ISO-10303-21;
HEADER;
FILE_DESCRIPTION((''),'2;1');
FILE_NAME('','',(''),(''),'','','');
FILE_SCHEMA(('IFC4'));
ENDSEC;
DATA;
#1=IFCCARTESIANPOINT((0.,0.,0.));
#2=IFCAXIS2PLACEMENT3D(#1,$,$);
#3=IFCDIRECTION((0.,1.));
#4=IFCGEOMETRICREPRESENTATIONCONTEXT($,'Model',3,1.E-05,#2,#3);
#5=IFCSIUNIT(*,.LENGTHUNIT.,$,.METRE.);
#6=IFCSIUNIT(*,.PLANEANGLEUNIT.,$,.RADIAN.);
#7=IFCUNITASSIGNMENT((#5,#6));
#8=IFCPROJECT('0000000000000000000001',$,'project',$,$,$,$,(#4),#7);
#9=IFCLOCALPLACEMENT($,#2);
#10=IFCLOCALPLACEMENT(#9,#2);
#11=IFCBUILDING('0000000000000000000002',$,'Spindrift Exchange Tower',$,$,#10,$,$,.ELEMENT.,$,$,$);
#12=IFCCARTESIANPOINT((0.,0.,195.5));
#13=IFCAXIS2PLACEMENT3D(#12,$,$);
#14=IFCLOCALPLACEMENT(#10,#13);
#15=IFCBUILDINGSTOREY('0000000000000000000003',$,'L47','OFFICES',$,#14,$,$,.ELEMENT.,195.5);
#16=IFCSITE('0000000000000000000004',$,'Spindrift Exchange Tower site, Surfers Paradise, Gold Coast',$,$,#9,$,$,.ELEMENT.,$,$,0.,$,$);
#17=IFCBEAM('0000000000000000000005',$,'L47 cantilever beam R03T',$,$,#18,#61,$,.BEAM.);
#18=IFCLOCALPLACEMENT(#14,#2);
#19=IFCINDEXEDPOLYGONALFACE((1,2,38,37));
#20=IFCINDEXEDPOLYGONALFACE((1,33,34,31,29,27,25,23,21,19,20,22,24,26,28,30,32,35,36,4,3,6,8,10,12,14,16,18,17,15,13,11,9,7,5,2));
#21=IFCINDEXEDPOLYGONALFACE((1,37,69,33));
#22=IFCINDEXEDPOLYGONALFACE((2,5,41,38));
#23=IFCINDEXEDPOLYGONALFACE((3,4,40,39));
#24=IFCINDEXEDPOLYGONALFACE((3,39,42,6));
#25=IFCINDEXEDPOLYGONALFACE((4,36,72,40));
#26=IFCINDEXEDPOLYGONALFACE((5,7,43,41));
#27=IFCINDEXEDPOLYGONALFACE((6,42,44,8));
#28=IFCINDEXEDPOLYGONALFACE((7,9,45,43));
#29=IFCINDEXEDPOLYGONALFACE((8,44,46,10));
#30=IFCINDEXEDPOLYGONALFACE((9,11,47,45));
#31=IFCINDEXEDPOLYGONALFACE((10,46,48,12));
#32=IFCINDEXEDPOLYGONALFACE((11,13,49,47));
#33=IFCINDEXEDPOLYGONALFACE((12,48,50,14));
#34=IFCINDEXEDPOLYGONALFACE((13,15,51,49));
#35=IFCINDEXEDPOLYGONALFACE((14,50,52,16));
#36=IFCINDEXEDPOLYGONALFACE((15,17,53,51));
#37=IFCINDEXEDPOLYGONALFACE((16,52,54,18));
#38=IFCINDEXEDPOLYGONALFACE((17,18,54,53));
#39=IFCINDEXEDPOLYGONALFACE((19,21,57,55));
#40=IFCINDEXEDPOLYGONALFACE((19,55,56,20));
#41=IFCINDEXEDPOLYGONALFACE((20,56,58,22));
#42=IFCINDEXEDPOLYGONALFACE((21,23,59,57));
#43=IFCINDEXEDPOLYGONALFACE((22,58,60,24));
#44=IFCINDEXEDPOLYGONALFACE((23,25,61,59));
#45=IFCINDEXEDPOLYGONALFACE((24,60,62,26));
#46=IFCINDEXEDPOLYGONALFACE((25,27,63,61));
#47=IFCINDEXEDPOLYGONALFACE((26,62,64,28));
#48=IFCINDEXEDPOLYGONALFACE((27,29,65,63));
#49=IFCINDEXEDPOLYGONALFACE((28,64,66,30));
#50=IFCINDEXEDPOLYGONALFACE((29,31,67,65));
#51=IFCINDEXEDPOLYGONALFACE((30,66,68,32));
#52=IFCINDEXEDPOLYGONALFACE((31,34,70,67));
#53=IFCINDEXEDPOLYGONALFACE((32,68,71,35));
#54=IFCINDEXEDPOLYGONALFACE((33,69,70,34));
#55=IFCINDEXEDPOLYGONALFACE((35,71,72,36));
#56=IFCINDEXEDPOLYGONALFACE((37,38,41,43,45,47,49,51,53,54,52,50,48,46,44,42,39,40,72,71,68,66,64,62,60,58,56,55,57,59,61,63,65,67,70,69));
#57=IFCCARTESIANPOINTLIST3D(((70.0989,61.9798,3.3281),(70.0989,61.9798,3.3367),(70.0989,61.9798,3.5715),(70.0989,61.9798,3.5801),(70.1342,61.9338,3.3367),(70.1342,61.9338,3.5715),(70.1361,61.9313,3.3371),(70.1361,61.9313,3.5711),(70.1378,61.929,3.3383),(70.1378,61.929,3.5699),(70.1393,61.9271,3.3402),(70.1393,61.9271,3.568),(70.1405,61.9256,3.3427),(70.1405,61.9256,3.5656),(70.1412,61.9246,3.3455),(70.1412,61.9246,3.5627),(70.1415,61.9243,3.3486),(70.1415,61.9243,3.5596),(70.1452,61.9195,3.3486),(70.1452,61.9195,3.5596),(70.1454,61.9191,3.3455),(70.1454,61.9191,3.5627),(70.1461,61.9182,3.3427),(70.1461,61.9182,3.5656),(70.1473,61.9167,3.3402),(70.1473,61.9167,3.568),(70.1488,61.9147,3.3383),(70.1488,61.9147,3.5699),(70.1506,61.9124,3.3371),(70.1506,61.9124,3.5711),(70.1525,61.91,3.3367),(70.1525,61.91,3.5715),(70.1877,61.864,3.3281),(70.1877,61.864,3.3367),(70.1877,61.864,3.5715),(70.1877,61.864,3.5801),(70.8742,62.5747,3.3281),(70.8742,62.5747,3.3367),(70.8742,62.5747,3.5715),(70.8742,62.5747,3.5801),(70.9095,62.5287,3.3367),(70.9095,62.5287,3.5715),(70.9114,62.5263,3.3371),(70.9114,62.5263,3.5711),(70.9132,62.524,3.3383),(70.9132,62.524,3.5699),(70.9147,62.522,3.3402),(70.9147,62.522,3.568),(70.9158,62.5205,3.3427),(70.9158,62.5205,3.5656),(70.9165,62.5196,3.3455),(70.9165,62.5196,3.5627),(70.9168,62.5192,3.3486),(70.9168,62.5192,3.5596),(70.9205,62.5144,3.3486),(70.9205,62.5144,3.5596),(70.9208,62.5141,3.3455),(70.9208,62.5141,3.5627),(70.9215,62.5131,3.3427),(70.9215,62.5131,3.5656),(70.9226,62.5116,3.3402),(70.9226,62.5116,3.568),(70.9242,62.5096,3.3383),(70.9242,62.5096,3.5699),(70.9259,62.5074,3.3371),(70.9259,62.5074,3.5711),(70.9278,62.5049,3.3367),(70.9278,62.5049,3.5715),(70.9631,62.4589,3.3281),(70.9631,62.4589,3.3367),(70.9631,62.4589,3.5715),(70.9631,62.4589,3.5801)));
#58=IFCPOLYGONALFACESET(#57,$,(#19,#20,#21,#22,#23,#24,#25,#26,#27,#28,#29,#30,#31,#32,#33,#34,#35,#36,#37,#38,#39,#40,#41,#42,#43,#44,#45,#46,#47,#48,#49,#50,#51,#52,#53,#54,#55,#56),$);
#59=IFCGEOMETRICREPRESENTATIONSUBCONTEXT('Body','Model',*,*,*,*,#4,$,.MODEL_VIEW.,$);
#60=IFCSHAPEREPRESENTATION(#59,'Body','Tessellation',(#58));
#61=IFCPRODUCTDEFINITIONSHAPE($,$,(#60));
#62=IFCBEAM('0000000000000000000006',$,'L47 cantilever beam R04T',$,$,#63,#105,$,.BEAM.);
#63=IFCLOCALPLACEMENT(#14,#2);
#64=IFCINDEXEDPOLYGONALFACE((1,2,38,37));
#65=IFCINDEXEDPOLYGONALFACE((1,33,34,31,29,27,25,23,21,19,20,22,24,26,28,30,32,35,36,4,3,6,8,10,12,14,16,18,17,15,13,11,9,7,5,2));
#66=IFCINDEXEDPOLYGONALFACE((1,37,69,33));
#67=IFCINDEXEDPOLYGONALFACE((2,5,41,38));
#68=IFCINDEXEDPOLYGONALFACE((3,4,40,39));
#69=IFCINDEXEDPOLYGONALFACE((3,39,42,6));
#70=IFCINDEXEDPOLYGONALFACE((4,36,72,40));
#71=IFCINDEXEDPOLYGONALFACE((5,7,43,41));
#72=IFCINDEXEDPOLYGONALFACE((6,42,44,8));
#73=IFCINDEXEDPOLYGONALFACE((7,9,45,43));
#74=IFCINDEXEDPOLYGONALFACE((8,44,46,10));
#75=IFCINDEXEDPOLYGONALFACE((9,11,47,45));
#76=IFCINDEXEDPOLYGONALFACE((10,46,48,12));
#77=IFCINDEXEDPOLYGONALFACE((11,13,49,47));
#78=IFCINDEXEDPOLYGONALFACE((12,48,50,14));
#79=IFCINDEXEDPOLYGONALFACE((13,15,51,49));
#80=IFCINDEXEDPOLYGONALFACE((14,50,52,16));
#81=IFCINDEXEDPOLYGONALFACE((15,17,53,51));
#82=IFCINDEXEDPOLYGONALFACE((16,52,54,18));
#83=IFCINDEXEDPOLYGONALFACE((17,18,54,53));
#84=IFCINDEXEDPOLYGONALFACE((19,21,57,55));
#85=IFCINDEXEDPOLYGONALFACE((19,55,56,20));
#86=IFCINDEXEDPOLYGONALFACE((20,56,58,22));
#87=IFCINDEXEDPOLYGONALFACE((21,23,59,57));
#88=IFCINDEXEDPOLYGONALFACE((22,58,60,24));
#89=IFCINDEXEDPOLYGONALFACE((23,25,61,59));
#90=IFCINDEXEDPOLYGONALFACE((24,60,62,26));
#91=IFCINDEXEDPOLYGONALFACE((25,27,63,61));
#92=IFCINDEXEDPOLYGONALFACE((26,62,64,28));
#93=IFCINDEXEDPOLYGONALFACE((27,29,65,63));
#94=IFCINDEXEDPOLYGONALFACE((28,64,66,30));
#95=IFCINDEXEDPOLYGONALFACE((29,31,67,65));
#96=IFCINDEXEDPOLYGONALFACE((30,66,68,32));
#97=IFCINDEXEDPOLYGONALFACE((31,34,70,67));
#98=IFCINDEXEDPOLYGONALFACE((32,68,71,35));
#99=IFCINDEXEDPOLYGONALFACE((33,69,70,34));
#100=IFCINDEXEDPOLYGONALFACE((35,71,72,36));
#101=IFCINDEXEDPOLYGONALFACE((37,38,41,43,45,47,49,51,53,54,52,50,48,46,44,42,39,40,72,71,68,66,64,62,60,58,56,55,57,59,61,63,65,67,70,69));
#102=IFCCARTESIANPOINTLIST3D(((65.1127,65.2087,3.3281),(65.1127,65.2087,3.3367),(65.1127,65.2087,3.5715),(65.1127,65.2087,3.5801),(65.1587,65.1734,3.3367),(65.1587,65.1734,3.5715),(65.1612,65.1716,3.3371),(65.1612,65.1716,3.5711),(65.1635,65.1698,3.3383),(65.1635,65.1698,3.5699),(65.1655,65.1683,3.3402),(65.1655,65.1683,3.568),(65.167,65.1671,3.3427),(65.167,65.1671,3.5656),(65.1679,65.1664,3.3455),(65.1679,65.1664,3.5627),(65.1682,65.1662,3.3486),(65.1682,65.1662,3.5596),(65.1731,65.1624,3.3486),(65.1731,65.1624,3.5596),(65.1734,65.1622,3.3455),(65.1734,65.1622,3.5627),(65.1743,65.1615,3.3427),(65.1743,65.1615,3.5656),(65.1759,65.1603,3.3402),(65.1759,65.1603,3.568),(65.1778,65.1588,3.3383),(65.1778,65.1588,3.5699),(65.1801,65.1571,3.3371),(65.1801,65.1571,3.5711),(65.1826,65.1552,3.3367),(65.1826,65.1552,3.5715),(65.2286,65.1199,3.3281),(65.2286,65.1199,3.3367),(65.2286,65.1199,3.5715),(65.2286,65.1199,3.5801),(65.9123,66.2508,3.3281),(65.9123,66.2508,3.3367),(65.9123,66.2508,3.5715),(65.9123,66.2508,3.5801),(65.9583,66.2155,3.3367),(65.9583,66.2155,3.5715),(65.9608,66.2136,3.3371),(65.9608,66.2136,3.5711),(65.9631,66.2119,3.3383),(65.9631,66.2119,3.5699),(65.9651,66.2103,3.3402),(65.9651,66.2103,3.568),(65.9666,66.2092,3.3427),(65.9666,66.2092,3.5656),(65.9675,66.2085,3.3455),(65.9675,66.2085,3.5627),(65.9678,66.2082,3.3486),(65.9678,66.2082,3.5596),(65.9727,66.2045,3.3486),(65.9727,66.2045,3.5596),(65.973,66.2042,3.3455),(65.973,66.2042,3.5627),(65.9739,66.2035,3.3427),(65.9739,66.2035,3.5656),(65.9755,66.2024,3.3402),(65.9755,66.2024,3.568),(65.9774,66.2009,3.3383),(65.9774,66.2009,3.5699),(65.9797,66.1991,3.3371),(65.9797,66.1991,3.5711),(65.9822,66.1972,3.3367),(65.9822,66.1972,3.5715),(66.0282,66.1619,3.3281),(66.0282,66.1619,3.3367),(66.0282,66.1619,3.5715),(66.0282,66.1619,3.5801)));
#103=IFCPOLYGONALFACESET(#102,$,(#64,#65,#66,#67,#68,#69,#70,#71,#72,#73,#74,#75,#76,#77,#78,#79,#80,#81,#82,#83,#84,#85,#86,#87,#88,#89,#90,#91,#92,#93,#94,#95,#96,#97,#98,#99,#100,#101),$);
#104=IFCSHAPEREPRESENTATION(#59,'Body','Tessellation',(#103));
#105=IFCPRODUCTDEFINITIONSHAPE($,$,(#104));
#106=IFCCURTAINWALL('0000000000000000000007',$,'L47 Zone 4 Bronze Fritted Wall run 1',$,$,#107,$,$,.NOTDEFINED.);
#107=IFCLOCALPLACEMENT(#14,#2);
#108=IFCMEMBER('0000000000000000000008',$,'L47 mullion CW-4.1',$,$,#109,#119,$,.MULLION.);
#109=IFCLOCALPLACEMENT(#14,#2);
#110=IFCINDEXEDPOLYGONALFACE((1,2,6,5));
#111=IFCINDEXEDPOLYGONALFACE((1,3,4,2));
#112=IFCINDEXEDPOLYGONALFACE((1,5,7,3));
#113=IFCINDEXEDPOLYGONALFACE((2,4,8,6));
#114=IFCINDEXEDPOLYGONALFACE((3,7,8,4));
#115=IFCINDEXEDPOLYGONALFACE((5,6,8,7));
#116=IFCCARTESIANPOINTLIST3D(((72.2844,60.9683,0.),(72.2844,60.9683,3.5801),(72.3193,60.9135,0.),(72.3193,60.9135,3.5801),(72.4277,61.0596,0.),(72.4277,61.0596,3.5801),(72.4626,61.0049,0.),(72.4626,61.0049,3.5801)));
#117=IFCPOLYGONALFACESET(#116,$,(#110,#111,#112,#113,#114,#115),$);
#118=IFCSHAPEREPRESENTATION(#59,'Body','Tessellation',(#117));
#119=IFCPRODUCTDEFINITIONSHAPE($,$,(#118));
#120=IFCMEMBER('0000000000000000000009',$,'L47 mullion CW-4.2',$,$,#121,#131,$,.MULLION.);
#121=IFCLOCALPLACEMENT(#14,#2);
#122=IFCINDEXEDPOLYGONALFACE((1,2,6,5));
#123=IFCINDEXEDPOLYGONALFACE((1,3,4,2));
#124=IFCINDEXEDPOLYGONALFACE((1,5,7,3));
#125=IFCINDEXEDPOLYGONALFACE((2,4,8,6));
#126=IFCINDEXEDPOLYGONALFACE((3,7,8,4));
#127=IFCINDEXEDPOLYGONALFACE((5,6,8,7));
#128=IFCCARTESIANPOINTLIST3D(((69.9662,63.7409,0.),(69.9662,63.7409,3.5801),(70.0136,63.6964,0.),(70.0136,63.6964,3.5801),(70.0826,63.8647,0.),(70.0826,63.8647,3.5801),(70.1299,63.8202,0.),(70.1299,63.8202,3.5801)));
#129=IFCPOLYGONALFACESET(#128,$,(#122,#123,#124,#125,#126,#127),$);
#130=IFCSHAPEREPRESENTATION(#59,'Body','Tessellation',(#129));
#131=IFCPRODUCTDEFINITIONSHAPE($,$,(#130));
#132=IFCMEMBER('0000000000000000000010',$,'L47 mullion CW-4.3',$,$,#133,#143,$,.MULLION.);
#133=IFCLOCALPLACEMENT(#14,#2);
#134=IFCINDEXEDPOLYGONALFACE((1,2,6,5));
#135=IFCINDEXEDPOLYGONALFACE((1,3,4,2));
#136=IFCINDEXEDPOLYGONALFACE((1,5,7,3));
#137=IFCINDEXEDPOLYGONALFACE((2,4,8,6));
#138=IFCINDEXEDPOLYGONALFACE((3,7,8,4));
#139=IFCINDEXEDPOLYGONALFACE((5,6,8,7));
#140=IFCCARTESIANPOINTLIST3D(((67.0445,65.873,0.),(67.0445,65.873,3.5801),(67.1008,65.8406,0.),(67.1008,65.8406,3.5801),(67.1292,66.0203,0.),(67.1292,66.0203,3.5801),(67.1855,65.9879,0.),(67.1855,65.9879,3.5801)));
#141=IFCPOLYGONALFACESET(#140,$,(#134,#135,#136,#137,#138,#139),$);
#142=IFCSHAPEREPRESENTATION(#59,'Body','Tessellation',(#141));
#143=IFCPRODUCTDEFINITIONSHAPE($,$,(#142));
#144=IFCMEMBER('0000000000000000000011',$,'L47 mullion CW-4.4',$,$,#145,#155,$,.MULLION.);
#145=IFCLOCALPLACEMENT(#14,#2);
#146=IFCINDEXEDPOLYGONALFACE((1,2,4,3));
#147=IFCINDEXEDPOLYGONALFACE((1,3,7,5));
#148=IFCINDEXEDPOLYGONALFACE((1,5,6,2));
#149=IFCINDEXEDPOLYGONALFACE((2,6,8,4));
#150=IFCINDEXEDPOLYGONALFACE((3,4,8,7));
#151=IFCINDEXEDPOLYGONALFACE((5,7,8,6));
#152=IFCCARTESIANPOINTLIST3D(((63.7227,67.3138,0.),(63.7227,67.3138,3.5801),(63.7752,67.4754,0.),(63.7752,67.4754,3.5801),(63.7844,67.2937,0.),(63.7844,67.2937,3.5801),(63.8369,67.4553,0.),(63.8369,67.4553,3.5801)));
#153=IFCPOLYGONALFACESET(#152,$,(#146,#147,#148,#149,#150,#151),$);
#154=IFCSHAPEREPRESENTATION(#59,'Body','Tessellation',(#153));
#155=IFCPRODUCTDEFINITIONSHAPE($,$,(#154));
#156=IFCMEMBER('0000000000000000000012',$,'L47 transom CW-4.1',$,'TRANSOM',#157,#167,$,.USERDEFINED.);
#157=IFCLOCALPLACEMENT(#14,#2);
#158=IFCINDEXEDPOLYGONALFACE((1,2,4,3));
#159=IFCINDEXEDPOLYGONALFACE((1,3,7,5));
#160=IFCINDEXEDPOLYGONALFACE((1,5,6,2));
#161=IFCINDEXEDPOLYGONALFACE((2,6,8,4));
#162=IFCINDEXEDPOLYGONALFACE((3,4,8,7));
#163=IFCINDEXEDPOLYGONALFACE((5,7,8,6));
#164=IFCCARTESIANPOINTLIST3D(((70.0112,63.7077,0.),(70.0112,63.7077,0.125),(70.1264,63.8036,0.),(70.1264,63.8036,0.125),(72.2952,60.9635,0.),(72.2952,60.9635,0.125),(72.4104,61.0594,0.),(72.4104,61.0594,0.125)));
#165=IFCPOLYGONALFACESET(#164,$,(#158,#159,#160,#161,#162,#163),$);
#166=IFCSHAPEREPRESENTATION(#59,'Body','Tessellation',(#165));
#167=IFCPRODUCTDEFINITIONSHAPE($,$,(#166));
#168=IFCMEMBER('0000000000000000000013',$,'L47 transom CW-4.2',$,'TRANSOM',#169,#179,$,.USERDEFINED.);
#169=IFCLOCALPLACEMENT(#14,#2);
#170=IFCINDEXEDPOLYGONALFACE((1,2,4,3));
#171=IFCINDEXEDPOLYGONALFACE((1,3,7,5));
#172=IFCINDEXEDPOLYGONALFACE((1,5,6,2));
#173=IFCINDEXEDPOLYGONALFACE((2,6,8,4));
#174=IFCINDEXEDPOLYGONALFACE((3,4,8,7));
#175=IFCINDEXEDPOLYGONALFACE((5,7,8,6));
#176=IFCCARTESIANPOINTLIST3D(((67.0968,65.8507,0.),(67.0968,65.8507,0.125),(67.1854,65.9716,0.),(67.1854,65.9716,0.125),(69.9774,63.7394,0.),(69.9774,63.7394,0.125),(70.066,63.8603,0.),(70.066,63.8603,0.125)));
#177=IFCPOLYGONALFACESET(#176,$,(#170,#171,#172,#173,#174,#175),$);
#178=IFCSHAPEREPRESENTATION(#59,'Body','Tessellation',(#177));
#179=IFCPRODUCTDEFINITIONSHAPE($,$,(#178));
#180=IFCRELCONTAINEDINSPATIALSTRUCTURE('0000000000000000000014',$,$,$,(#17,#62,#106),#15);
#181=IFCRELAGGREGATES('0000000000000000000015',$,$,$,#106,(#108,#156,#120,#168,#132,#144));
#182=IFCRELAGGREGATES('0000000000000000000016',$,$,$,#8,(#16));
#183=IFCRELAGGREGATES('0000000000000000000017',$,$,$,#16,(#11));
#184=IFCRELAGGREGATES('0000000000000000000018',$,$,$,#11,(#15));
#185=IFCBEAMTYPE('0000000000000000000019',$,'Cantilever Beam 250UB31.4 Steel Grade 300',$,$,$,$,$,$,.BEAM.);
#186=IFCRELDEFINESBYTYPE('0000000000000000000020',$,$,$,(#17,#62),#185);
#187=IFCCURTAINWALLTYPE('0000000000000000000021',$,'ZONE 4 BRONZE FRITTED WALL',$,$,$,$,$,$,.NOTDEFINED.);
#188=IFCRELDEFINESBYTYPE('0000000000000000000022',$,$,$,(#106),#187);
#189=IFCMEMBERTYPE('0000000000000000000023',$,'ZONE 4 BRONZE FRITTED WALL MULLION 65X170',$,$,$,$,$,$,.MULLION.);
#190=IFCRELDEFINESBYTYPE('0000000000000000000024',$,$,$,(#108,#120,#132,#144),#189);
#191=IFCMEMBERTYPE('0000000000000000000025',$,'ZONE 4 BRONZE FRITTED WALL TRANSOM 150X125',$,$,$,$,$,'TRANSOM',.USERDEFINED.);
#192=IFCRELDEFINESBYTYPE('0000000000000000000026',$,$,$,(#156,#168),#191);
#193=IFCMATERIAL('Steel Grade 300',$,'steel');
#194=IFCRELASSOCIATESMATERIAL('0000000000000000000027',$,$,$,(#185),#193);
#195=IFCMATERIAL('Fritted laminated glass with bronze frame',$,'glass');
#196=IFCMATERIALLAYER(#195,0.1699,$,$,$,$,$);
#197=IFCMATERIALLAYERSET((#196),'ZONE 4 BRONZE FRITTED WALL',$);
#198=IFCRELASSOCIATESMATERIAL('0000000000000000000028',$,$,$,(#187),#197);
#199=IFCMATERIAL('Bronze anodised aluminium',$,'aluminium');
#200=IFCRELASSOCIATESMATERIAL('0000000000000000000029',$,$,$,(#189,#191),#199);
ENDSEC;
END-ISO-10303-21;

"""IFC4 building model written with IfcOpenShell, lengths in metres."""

from ifc_helpers import new_model, si_unit, direction, frame, origin, origin_2d, place, context, subcontext, project, spatial, rectangle, i_section, extrude, source, transform, mapped, material, layer, layer_set, material_profile, profile_set, type_object, element, aggregate, save


model = new_model("IFC4")

# Units and contexts
model_context = context("Model", 3, precision=1e-05, world=origin(), true_north=direction((0.0, 1.0)))
body_context = subcontext(model_context, "Body", "Model", "MODEL_VIEW")
ifc_project = project(units=[si_unit("LENGTHUNIT", "METRE"), si_unit("PLANEANGLEUNIT", "RADIAN")], contexts=[model_context])

# Site, building, storey
site_placement = place(None, origin())
site = spatial("IfcSite", under=ifc_project, at=site_placement, Name="Spindrift Exchange Tower site, Surfers Paradise, Gold Coast", CompositionType="ELEMENT", RefElevation=0.0)
building_placement = place(site_placement, origin())
building = spatial("IfcBuilding", under=site, at=building_placement, Name="Spindrift Exchange Tower", CompositionType="ELEMENT")
storey_placement = place(building_placement, frame((0.0, 0.0, 195.5)))
storey = spatial("IfcBuildingStorey", under=building, at=storey_placement, Name="L47", Description="OFFICES", CompositionType="ELEMENT", Elevation=195.5)

# Beams
ifc_material_1 = material(Name="Steel Grade 300", Category="steel")
ifc_material_profile_1 = material_profile(ifc_material_1, i_section(OverallWidth=0.146, OverallDepth=0.252, WebThickness=0.0061, FlangeThickness=0.0085, FilletRadius=0.012, at=origin_2d()), Name="250UB31.4")
ifc_profile_set_1 = profile_set([ifc_material_profile_1], Name="Steel Grade 300")
beam_type_1 = type_object("IfcBeamType", Name="Cantilever Beam 250UB31.4 Steel Grade 300", PredefinedType="BEAM", material=ifc_profile_set_1)
shared_shape_1 = source(origin(), body_context, "Body", "SweptSolid", [
    extrude(i_section(OverallWidth=0.146, OverallDepth=0.252, WebThickness=0.0061, FlangeThickness=0.0085, FilletRadius=0.012, at=origin_2d()), origin(), (0.0, 0.0, 1.0), 0.9773),
])
beam_1_placement = place(storey_placement, frame((70.1433, 61.9219, 3.4541), z_axis=(0.793357, 0.608757, 0.0), x_axis=(-0.608757, 0.793357, 0.0)))
element("IfcBeam", 1, at=beam_1_placement, inside=storey, type_object=beam_type_1, Name="L47 cantilever beam R03T", PredefinedType="BEAM", context=body_context, shape_type="MappedRepresentation", body=[
    mapped(shared_shape_1, transform((0.0, 0.0, 0.0), scale=1.0)),
])
shared_shape_2 = source(origin(), body_context, "Body", "SweptSolid", [
    extrude(i_section(OverallWidth=0.146, OverallDepth=0.252, WebThickness=0.0061, FlangeThickness=0.0085, FilletRadius=0.012, at=origin_2d()), origin(), (0.0, 0.0, 1.0), 1.3135),
])
beam_2_placement = place(storey_placement, frame((65.1707, 65.1643, 3.4541), z_axis=(0.608767, 0.793349, 0.0), x_axis=(-0.793349, 0.608767, 0.0)))
element("IfcBeam", 2, at=beam_2_placement, inside=storey, type_object=beam_type_1, Name="L47 cantilever beam R04T", PredefinedType="BEAM", context=body_context, shape_type="MappedRepresentation", body=[
    mapped(shared_shape_2, transform((0.0, 0.0, 0.0), scale=1.0)),
])

# Curtain wall, members
ifc_material_2 = material(Name="Fritted laminated glass with bronze frame", Category="glass")
ifc_layer_1 = layer(ifc_material_2, 0.1699)
ifc_layer_set_1 = layer_set([ifc_layer_1], Name="ZONE 4 BRONZE FRITTED WALL")
curtain_wall_type = type_object("IfcCurtainWallType", Name="ZONE 4 BRONZE FRITTED WALL", PredefinedType="NOTDEFINED", material=ifc_layer_set_1)
curtain_wall_1_placement = place(storey_placement, origin())
curtain_wall_1 = element("IfcCurtainWall", 3, at=curtain_wall_1_placement, inside=storey, type_object=curtain_wall_type, Name="L47 Zone 4 Bronze Fritted Wall run 1", PredefinedType="NOTDEFINED")
ifc_material_3 = material(Name="Bronze anodised aluminium", Category="aluminium")
ifc_material_profile_2 = material_profile(ifc_material_3, rectangle(XDim=0.0649, YDim=0.1699, at=origin_2d()), Name="ZONE 4 BRONZE FRITTED WALL MULLION 65X170")
ifc_profile_set_2 = profile_set([ifc_material_profile_2], Name="Bronze anodised aluminium")
member_type_1 = type_object("IfcMemberType", Name="ZONE 4 BRONZE FRITTED WALL MULLION 65X170", PredefinedType="MULLION", material=ifc_profile_set_2)
shared_shape_3 = source(origin(), body_context, "Body", "SweptSolid", [
    extrude(rectangle(XDim=0.0649, YDim=0.1699, at=origin_2d()), origin(), (0.0, 0.0, 1.0), 3.5801),
])
member_1_placement = place(storey_placement, frame((72.3735, 60.9866, 0.0), z_axis=(0.0, 0.0, 1.0), x_axis=(-0.537514, 0.843255, 0.0)))
member_1 = element("IfcMember", 4, at=member_1_placement, type_object=member_type_1, Name="L47 mullion CW-4.1", PredefinedType="MULLION", context=body_context, shape_type="MappedRepresentation", body=[
    mapped(shared_shape_3, transform((0.0, 0.0, 0.0), scale=1.0)),
])
member_2_placement = place(storey_placement, frame((70.0481, 63.7805, 0.0), z_axis=(0.0, 0.0, 1.0), x_axis=(-0.72855, 0.684992, 0.0)))
member_2 = element("IfcMember", 5, at=member_2_placement, type_object=member_type_1, Name="L47 mullion CW-4.2", PredefinedType="MULLION", context=body_context, shape_type="MappedRepresentation", body=[
    mapped(shared_shape_3, transform((0.0, 0.0, 0.0), scale=1.0)),
])
member_3_placement = place(storey_placement, frame((67.115, 65.9304, 0.0), z_axis=(0.0, 0.0, 1.0), x_axis=(-0.866902, 0.498479, 0.0)))
member_3 = element("IfcMember", 6, at=member_3_placement, type_object=member_type_1, Name="L47 mullion CW-4.3", PredefinedType="MULLION", context=body_context, shape_type="MappedRepresentation", body=[
    mapped(shared_shape_3, transform((0.0, 0.0, 0.0), scale=1.0)),
])
member_4_placement = place(storey_placement, frame((63.7798, 67.3845, 0.0), z_axis=(0.0, 0.0, 1.0), x_axis=(-0.951069, 0.308979, 0.0)))
member_4 = element("IfcMember", 7, at=member_4_placement, type_object=member_type_1, Name="L47 mullion CW-4.4", PredefinedType="MULLION", context=body_context, shape_type="MappedRepresentation", body=[
    mapped(shared_shape_3, transform((0.0, 0.0, 0.0), scale=1.0)),
])
ifc_material_profile_3 = material_profile(ifc_material_3, rectangle(XDim=0.1499, YDim=0.125, at=origin_2d()), Name="ZONE 4 BRONZE FRITTED WALL TRANSOM 150X125")
ifc_profile_set_3 = profile_set([ifc_material_profile_3], Name="Bronze anodised aluminium")
member_type_2 = type_object("IfcMemberType", Name="ZONE 4 BRONZE FRITTED WALL TRANSOM 150X125", ElementType="TRANSOM", PredefinedType="USERDEFINED", material=ifc_profile_set_3)
shared_shape_4 = source(origin(), body_context, "Body", "SweptSolid", [
    extrude(rectangle(XDim=0.1499, YDim=0.125, at=origin_2d()), origin(), (0.0, 0.0, 1.0), 3.5703),
])
member_5_placement = place(storey_placement, frame((72.3528, 61.0115, 0.0625), z_axis=(-0.639713, 0.768613, 0.0), x_axis=(-0.768613, -0.639713, 0.0)))
member_5 = element("IfcMember", 8, at=member_5_placement, type_object=member_type_2, Name="L47 transom CW-4.1", ObjectType="TRANSOM", PredefinedType="USERDEFINED", context=body_context, shape_type="MappedRepresentation", body=[
    mapped(shared_shape_4, transform((0.0, 0.0, 0.0), scale=1.0)),
])
shared_shape_5 = source(origin(), body_context, "Body", "SweptSolid", [
    extrude(rectangle(XDim=0.1499, YDim=0.125, at=origin_2d()), origin(), (0.0, 0.0, 1.0), 3.5715),
])
member_6_placement = place(storey_placement, frame((70.0217, 63.7998, 0.0625), z_axis=(-0.806555, 0.591159, 0.0), x_axis=(-0.591159, -0.806555, 0.0)))
member_6 = element("IfcMember", 9, at=member_6_placement, type_object=member_type_2, Name="L47 transom CW-4.2", ObjectType="TRANSOM", PredefinedType="USERDEFINED", context=body_context, shape_type="MappedRepresentation", body=[
    mapped(shared_shape_5, transform((0.0, 0.0, 0.0), scale=1.0)),
])

aggregate(curtain_wall_1, [member_1, member_5, member_2, member_6, member_3, member_4])

save(model, "model.ifc")
